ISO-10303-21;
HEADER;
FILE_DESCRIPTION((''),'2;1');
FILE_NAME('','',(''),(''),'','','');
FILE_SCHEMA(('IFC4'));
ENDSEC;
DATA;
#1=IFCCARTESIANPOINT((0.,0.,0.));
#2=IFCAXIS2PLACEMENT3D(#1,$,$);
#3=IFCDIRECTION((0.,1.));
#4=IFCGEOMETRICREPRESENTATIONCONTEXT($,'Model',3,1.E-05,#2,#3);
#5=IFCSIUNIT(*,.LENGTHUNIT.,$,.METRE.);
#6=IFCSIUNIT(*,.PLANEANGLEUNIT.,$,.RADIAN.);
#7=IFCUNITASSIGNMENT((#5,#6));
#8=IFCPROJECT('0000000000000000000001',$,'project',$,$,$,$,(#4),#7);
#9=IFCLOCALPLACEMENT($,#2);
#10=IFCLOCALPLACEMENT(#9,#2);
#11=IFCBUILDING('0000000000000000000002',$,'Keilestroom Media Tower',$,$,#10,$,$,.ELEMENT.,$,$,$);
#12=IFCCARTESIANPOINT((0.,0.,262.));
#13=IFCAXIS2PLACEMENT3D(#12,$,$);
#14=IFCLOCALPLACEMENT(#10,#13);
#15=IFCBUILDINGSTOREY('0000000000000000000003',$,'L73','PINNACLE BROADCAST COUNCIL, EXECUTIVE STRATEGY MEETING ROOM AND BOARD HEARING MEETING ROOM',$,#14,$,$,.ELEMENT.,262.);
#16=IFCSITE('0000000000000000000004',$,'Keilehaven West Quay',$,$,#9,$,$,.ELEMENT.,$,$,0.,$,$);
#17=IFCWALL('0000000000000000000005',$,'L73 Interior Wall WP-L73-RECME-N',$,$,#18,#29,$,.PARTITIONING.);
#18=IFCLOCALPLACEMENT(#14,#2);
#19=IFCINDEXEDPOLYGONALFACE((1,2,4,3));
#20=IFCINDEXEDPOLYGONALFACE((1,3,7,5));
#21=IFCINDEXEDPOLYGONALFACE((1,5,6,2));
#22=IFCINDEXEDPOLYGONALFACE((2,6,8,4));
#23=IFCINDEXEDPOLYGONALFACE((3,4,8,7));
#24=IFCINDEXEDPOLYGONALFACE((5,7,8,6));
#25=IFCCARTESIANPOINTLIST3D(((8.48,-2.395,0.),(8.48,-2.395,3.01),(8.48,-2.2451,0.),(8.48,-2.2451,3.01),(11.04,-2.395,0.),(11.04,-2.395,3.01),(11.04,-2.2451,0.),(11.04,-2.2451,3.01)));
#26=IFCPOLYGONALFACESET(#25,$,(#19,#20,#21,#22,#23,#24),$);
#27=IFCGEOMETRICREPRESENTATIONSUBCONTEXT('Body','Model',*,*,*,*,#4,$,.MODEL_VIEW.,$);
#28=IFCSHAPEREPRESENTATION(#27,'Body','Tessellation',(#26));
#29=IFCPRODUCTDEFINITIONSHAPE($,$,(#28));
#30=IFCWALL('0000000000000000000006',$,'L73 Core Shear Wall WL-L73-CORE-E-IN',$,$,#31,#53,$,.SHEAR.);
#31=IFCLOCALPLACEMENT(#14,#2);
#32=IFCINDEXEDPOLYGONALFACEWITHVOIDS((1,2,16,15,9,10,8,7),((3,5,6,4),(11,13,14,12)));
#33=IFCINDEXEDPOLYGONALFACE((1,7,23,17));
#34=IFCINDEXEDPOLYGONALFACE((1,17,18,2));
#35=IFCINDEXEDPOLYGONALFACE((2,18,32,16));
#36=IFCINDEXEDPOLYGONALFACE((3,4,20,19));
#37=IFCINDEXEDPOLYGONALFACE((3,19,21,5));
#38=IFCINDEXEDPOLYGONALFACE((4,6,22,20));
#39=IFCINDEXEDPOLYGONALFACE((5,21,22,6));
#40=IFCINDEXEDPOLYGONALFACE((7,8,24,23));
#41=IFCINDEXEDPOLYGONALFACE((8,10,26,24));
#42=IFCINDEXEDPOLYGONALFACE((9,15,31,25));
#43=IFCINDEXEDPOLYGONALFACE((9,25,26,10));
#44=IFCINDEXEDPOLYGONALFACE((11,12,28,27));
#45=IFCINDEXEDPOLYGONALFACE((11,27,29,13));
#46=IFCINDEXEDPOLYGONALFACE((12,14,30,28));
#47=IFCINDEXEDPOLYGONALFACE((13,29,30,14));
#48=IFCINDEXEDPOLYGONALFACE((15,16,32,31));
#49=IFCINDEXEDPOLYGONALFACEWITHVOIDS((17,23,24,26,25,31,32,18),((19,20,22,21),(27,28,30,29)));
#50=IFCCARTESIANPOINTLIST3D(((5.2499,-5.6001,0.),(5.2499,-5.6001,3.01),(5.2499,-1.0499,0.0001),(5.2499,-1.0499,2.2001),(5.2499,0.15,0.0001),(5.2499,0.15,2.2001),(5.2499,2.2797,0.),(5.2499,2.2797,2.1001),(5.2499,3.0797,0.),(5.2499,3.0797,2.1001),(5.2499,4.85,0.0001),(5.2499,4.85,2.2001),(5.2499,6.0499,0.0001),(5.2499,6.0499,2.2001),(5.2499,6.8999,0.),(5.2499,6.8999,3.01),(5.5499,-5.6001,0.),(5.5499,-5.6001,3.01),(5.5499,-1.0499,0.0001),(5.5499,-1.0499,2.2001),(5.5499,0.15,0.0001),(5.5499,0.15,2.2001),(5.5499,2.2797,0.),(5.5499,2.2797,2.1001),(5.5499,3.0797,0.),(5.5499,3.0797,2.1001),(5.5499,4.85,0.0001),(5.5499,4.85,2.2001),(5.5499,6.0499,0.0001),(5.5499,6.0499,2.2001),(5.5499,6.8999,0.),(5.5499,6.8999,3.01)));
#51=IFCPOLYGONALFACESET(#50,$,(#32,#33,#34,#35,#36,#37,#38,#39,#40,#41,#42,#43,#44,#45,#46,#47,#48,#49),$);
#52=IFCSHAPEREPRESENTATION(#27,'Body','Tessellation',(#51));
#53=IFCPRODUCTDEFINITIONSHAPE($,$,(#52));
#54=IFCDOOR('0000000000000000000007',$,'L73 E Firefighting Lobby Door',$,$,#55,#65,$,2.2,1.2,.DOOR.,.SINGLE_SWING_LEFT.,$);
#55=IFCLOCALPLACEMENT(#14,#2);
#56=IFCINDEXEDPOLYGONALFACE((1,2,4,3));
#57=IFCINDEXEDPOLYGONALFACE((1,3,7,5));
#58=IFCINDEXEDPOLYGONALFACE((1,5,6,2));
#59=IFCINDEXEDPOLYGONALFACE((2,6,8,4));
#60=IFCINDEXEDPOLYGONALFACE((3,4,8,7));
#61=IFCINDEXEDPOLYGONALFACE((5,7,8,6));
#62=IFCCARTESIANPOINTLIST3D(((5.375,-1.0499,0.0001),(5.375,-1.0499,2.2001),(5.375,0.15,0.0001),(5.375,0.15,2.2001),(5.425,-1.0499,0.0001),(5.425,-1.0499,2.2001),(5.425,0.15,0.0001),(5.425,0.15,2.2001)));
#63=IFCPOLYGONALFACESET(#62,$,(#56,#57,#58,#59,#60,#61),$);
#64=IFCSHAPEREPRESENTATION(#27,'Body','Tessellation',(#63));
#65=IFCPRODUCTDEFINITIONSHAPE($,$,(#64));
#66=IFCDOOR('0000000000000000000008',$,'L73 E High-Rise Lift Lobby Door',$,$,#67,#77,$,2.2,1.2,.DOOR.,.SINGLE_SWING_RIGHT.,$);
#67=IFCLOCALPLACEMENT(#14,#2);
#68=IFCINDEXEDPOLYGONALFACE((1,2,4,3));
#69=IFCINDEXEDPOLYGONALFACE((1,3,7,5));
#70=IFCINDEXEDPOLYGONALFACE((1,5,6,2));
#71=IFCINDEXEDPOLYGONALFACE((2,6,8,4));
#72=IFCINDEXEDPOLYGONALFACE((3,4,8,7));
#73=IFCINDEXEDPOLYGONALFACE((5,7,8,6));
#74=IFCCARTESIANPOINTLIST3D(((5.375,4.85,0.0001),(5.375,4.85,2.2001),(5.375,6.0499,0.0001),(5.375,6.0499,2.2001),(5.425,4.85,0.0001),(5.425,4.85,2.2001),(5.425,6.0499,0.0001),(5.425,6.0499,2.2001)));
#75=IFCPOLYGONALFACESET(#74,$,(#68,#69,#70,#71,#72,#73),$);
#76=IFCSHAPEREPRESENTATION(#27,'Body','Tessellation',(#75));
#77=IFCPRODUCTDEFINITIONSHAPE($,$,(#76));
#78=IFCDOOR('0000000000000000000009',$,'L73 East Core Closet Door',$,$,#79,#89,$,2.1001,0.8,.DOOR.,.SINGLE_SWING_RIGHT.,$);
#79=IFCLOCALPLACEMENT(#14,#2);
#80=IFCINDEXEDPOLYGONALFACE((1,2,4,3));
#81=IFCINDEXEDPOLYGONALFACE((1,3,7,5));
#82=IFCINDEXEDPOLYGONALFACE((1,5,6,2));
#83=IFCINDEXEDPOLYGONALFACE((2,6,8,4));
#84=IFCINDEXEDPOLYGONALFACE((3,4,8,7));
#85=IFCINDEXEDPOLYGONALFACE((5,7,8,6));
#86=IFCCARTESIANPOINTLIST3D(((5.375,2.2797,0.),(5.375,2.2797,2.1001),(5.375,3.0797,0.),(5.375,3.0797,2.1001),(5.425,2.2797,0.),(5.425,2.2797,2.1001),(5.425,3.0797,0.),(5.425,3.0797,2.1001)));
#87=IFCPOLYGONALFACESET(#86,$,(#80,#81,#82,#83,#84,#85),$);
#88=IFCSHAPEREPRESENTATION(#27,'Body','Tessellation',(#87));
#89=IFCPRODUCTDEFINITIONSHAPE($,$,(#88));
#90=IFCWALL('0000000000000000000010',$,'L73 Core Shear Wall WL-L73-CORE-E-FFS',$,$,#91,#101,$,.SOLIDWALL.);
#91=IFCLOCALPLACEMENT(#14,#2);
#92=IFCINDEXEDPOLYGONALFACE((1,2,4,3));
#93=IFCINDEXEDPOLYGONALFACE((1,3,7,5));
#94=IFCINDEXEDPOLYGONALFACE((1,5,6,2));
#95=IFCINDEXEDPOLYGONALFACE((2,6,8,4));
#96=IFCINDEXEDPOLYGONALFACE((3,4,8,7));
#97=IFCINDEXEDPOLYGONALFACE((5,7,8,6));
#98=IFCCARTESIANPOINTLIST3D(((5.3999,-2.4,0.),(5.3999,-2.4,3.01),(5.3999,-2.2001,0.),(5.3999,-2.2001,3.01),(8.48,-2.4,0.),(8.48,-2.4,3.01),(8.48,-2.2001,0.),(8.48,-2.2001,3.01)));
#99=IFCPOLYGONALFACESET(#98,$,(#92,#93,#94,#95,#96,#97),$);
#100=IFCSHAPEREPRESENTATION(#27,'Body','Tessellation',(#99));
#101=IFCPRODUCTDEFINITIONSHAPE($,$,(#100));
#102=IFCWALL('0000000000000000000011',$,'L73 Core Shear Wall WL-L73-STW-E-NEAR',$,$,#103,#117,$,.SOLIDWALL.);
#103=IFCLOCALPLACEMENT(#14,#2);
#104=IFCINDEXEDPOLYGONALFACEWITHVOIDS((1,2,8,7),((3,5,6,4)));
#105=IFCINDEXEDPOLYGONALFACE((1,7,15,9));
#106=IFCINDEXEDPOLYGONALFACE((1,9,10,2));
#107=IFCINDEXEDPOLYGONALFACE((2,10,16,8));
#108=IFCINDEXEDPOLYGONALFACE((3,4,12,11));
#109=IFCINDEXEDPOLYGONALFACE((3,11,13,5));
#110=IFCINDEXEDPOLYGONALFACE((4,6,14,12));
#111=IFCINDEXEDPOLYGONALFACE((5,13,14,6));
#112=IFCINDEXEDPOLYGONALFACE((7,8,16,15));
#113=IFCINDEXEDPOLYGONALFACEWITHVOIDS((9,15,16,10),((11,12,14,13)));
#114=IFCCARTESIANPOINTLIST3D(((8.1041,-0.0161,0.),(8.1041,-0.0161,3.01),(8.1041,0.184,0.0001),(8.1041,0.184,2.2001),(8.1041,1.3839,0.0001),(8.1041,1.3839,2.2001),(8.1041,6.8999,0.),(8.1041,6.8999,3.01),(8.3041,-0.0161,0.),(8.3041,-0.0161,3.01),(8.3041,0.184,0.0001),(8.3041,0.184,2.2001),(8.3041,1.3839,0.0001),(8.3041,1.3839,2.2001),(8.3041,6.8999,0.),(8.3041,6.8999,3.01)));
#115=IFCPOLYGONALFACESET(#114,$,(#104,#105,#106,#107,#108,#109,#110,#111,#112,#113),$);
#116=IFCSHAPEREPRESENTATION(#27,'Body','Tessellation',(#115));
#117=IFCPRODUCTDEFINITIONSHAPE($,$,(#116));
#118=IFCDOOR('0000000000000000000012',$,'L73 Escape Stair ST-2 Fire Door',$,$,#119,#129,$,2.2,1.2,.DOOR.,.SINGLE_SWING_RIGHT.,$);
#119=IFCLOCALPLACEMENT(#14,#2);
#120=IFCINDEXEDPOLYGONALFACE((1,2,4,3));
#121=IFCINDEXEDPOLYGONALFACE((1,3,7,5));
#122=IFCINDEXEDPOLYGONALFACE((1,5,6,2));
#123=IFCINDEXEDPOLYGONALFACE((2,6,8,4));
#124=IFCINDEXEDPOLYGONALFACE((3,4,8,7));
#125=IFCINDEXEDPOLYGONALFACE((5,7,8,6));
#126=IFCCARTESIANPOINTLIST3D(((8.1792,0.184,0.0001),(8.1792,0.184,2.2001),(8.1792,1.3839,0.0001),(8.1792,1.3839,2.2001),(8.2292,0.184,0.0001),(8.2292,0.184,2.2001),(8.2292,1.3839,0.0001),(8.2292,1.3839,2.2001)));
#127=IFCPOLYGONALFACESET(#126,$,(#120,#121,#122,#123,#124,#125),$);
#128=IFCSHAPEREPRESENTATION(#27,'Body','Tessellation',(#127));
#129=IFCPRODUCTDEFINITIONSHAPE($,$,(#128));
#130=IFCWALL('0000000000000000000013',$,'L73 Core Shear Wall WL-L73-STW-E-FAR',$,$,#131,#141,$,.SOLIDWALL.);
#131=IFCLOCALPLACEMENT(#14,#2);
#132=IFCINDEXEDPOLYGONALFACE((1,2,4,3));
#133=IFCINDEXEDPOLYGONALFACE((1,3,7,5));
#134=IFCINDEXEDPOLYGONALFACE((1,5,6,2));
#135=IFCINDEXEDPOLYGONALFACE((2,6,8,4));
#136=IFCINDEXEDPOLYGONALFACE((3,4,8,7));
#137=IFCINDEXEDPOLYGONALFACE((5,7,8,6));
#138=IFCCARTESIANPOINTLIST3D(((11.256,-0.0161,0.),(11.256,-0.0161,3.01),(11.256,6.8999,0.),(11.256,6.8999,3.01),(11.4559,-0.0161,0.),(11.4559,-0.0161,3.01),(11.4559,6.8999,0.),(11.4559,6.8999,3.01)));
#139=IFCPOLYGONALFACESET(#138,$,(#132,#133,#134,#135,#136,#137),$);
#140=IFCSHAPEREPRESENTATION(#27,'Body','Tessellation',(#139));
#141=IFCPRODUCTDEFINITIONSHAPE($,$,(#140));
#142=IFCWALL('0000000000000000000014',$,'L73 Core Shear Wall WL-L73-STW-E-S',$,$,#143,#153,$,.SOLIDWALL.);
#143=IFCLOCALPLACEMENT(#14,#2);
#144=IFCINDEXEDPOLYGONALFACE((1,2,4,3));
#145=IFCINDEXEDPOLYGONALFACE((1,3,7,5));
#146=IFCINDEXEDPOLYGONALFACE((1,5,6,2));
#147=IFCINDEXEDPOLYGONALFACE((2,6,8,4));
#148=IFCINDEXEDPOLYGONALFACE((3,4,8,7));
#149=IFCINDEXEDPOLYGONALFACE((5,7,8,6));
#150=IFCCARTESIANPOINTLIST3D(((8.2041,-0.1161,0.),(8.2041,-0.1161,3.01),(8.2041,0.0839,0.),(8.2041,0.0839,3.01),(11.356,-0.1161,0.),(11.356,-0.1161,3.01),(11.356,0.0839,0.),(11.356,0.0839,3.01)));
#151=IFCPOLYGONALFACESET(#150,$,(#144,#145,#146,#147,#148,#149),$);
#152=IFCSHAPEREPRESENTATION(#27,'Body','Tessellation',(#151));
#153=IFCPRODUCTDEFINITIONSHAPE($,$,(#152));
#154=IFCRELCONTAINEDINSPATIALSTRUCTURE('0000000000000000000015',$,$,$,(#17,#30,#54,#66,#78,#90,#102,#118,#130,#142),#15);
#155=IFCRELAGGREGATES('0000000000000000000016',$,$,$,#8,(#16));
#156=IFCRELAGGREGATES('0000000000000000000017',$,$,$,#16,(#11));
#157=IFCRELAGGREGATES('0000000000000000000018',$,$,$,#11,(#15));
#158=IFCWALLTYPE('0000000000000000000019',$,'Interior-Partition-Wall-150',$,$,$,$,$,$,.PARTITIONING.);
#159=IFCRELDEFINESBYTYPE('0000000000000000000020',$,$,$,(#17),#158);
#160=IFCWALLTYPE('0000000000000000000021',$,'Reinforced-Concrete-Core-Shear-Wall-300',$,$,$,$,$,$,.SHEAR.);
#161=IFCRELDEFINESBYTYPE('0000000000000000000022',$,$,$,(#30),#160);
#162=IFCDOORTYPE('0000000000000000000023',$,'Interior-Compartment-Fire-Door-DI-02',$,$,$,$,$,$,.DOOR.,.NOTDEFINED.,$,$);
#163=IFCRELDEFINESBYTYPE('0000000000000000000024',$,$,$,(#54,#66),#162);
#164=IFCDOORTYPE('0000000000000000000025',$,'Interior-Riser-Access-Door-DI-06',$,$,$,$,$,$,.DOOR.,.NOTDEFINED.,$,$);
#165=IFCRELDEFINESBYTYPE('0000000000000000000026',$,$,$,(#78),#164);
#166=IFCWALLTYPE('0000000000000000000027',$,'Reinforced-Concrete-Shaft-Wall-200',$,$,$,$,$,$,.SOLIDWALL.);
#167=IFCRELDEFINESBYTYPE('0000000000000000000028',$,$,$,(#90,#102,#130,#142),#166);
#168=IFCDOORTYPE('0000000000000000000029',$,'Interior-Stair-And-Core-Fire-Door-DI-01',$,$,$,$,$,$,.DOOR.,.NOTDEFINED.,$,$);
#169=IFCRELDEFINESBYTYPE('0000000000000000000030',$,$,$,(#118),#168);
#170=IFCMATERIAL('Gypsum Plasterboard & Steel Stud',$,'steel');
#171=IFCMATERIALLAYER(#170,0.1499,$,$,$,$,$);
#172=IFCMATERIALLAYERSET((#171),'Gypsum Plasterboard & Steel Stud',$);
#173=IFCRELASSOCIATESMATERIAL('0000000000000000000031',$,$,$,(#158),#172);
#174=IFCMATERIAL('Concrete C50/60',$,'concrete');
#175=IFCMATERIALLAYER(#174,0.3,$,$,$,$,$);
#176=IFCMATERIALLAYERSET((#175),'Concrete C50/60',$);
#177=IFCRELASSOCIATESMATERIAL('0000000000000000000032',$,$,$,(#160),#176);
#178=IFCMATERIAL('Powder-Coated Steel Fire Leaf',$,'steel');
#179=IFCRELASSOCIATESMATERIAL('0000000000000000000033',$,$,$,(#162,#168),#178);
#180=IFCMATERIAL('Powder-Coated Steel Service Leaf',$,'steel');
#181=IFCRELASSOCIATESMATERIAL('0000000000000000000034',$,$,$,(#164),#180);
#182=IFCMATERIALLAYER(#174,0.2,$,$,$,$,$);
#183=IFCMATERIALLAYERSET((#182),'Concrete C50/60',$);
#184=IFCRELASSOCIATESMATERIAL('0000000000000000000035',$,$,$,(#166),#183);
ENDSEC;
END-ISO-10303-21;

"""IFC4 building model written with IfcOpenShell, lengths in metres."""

from ifc_helpers import new_model, si_unit, direction, frame, frame_2d, origin, place, context, subcontext, project, spatial, rectangle, extrude, source, transform, mapped, material, layer, layer_set, type_object, element, fill, save


model = new_model("IFC4")

# Units and contexts
model_context = context("Model", 3, precision=1e-05, world=origin(), true_north=direction((0.0, 1.0)))
body_context = subcontext(model_context, "Body", "Model", "MODEL_VIEW")
ifc_project = project(units=[si_unit("LENGTHUNIT", "METRE"), si_unit("PLANEANGLEUNIT", "RADIAN")], contexts=[model_context])

# Site, building, storey
site_placement = place(None, origin())
site = spatial("IfcSite", under=ifc_project, at=site_placement, Name="Keilehaven West Quay", CompositionType="ELEMENT", RefElevation=0.0)
building_placement = place(site_placement, origin())
building = spatial("IfcBuilding", under=site, at=building_placement, Name="Keilestroom Media Tower", CompositionType="ELEMENT")
storey_placement = place(building_placement, frame((0.0, 0.0, 262.0)))
storey = spatial("IfcBuildingStorey", under=building, at=storey_placement, Name="L73", Description="PINNACLE BROADCAST COUNCIL, EXECUTIVE STRATEGY MEETING ROOM AND BOARD HEARING MEETING ROOM", CompositionType="ELEMENT", Elevation=262.0)

# Shared definitions
ifc_material_1 = material(Name="Concrete C50/60", Category="concrete")

# Wall
ifc_material_2 = material(Name="Gypsum Plasterboard & Steel Stud", Category="steel")
ifc_layer_1 = layer(ifc_material_2, 0.1499)
ifc_layer_set_1 = layer_set([ifc_layer_1], Name="Gypsum Plasterboard & Steel Stud")
wall_type_1 = type_object("IfcWallType", Name="Interior-Partition-Wall-150", PredefinedType="PARTITIONING", material=ifc_layer_set_1)
wall_1_placement = place(storey_placement, frame((8.48, -2.3201, 0.0), z_axis=(0.0, 0.0, 1.0), x_axis=(1.0, 0.0, 0.0)))
element("IfcWall", 1, at=wall_1_placement, inside=storey, type_object=wall_type_1, Name="L73 Interior Wall WP-L73-RECME-N", PredefinedType="PARTITIONING", context=body_context, shape_type="SweptSolid", body=[
    extrude(rectangle(XDim=2.5601, YDim=0.1499, at=frame_2d((1.28, 0.0))), origin(), (0.0, 0.0, 1.0), 3.01),
])

# Wall, openings, doors
ifc_layer_2 = layer(ifc_material_1, 0.3)
ifc_layer_set_2 = layer_set([ifc_layer_2], Name="Concrete C50/60")
wall_type_2 = type_object("IfcWallType", Name="Reinforced-Concrete-Core-Shear-Wall-300", PredefinedType="SHEAR", material=ifc_layer_set_2)
wall_2_placement = place(storey_placement, frame((5.3999, -5.6001, 0.0), z_axis=(0.0, 0.0, 1.0), x_axis=(0.0, 1.0, 0.0)))
wall_2 = element("IfcWall", 2, at=wall_2_placement, inside=storey, type_object=wall_type_2, Name="L73 Core Shear Wall WL-L73-CORE-E-IN", PredefinedType="SHEAR", context=body_context, shape_type="SweptSolid", body=[
    extrude(rectangle(XDim=12.5, YDim=0.3, at=frame_2d((6.25, 0.0))), origin(), (0.0, 0.0, 1.0), 3.01),
])
opening_1_placement = place(wall_2_placement, frame((4.55, 0.0, 0.0)))
opening_1 = element("IfcOpeningElement", 3, at=opening_1_placement, cuts=wall_2, PredefinedType="OPENING", context=body_context, shape_type="SweptSolid", body=[
    extrude(rectangle(XDim=1.2, YDim=2.2, at=frame_2d((0.6001, 1.1001))), frame((0.0, 0.1602, 0.0), z_axis=(0.0, -1.0, 0.0), x_axis=(1.0, 0.0, 0.0)), (0.0, 0.0, 1.0), 0.3201),
])
opening_2_placement = place(wall_2_placement, frame((10.45, 0.0, 0.0)))
opening_2 = element("IfcOpeningElement", 4, at=opening_2_placement, cuts=wall_2, PredefinedType="OPENING", context=body_context, shape_type="SweptSolid", body=[
    extrude(rectangle(XDim=1.2, YDim=2.2, at=frame_2d((0.6001, 1.1001))), frame((0.0, 0.1602, 0.0), z_axis=(0.0, -1.0, 0.0), x_axis=(1.0, 0.0, 0.0)), (0.0, 0.0, 1.0), 0.3201),
])
opening_3_placement = place(wall_2_placement, frame((7.8799, 0.0, 0.0)))
opening_3 = element("IfcOpeningElement", 5, at=opening_3_placement, cuts=wall_2, PredefinedType="OPENING", context=body_context, shape_type="SweptSolid", body=[
    extrude(rectangle(XDim=0.8, YDim=2.1001, at=frame_2d((0.3999, 1.05))), frame((0.0, 0.1602, 0.0), z_axis=(0.0, -1.0, 0.0), x_axis=(1.0, 0.0, 0.0)), (0.0, 0.0, 1.0), 0.3201),
])
ifc_material_3 = material(Name="Powder-Coated Steel Fire Leaf", Category="steel")
door_type_1 = type_object("IfcDoorType", Name="Interior-Compartment-Fire-Door-DI-02", OperationType="NOTDEFINED", PredefinedType="DOOR", material=ifc_material_3)
shared_shape_1 = source(origin(), body_context, "Body", "SweptSolid", [
    extrude(rectangle(XDim=1.2, YDim=2.2, at=frame_2d((0.6001, 1.1001))), frame((0.0, 0.0249, 0.0), z_axis=(0.0, -1.0, 0.0), x_axis=(1.0, 0.0, 0.0)), (0.0, 0.0, 1.0), 0.05),
])
door_1_placement = place(opening_1_placement, origin())
door_1 = element("IfcDoor", 6, at=door_1_placement, inside=storey, type_object=door_type_1, Name="L73 E Firefighting Lobby Door", OperationType="SINGLE_SWING_LEFT", OverallHeight=2.2, OverallWidth=1.2, PredefinedType="DOOR", context=body_context, shape_type="MappedRepresentation", body=[
    mapped(shared_shape_1, transform((0.0, 0.0, 0.0), x_axis=(1.0, 0.0, 0.0), y_axis=(0.0, 1.0, 0.0), z_axis=(0.0, 0.0, 1.0), scale=1.0)),
])
fill(opening_1, door_1)
door_2_placement = place(opening_2_placement, origin())
door_2 = element("IfcDoor", 7, at=door_2_placement, inside=storey, type_object=door_type_1, Name="L73 E High-Rise Lift Lobby Door", OperationType="SINGLE_SWING_RIGHT", OverallHeight=2.2, OverallWidth=1.2, PredefinedType="DOOR", context=body_context, shape_type="MappedRepresentation", body=[
    mapped(shared_shape_1, transform((0.0, 0.0, 0.0), x_axis=(1.0, 0.0, 0.0), y_axis=(0.0, 1.0, 0.0), z_axis=(0.0, 0.0, 1.0), scale=1.0)),
])
fill(opening_2, door_2)
ifc_material_4 = material(Name="Powder-Coated Steel Service Leaf", Category="steel")
door_type_2 = type_object("IfcDoorType", Name="Interior-Riser-Access-Door-DI-06", OperationType="NOTDEFINED", PredefinedType="DOOR", material=ifc_material_4)
shared_shape_2 = source(origin(), body_context, "Body", "SweptSolid", [
    extrude(rectangle(XDim=0.8, YDim=2.1001, at=frame_2d((0.3999, 1.05))), frame((0.0, 0.0249, 0.0), z_axis=(0.0, -1.0, 0.0), x_axis=(1.0, 0.0, 0.0)), (0.0, 0.0, 1.0), 0.05),
])
door_3_placement = place(opening_3_placement, origin())
door_3 = element("IfcDoor", 8, at=door_3_placement, inside=storey, type_object=door_type_2, Name="L73 East Core Closet Door", OperationType="SINGLE_SWING_RIGHT", OverallHeight=2.1001, OverallWidth=0.8, PredefinedType="DOOR", context=body_context, shape_type="MappedRepresentation", body=[
    mapped(shared_shape_2, transform((0.0, 0.0, 0.0), x_axis=(1.0, 0.0, 0.0), y_axis=(0.0, 1.0, 0.0), z_axis=(0.0, 0.0, 1.0), scale=1.0)),
])
fill(opening_3, door_3)

# Wall
ifc_layer_3 = layer(ifc_material_1, 0.2)
ifc_layer_set_3 = layer_set([ifc_layer_3], Name="Concrete C50/60")
wall_type_3 = type_object("IfcWallType", Name="Reinforced-Concrete-Shaft-Wall-200", PredefinedType="SOLIDWALL", material=ifc_layer_set_3)
wall_3_placement = place(storey_placement, frame((5.3999, -2.3, 0.0), z_axis=(0.0, 0.0, 1.0), x_axis=(1.0, 0.0, 0.0)))
element("IfcWall", 9, at=wall_3_placement, inside=storey, type_object=wall_type_3, Name="L73 Core Shear Wall WL-L73-CORE-E-FFS", PredefinedType="SOLIDWALL", context=body_context, shape_type="SweptSolid", body=[
    extrude(rectangle(XDim=3.0801, YDim=0.2, at=frame_2d((1.54, 0.0))), origin(), (0.0, 0.0, 1.0), 3.01),
])

# Wall, opening, door
wall_4_placement = place(storey_placement, frame((8.2041, -0.0161, 0.0), z_axis=(0.0, 0.0, 1.0), x_axis=(0.0, 1.0, 0.0)))
wall_4 = element("IfcWall", 10, at=wall_4_placement, inside=storey, type_object=wall_type_3, Name="L73 Core Shear Wall WL-L73-STW-E-NEAR", PredefinedType="SOLIDWALL", context=body_context, shape_type="SweptSolid", body=[
    extrude(rectangle(XDim=6.916, YDim=0.2, at=frame_2d((3.458, 0.0))), origin(), (0.0, 0.0, 1.0), 3.01),
])
opening_4_placement = place(wall_4_placement, frame((0.2, 0.0, 0.0)))
opening_4 = element("IfcOpeningElement", 11, at=opening_4_placement, cuts=wall_4, PredefinedType="OPENING", context=body_context, shape_type="SweptSolid", body=[
    extrude(rectangle(XDim=1.2, YDim=2.2, at=frame_2d((0.6001, 1.1001))), frame((0.0, 0.1099, 0.0), z_axis=(0.0, -1.0, 0.0), x_axis=(1.0, 0.0, 0.0)), (0.0, 0.0, 1.0), 0.22),
])
door_type_3 = type_object("IfcDoorType", Name="Interior-Stair-And-Core-Fire-Door-DI-01", OperationType="NOTDEFINED", PredefinedType="DOOR", material=ifc_material_3)
door_4_placement = place(opening_4_placement, origin())
door_4 = element("IfcDoor", 12, at=door_4_placement, inside=storey, type_object=door_type_3, Name="L73 Escape Stair ST-2 Fire Door", OperationType="SINGLE_SWING_RIGHT", OverallHeight=2.2, OverallWidth=1.2, PredefinedType="DOOR", context=body_context, shape_type="MappedRepresentation", body=[
    mapped(shared_shape_1, transform((0.0, 0.0, 0.0), x_axis=(1.0, 0.0, 0.0), y_axis=(0.0, 1.0, 0.0), z_axis=(0.0, 0.0, 1.0), scale=1.0)),
])
fill(opening_4, door_4)

# Walls
wall_5_placement = place(storey_placement, frame((11.356, -0.0161, 0.0), z_axis=(0.0, 0.0, 1.0), x_axis=(0.0, 1.0, 0.0)))
element("IfcWall", 13, at=wall_5_placement, inside=storey, type_object=wall_type_3, Name="L73 Core Shear Wall WL-L73-STW-E-FAR", PredefinedType="SOLIDWALL", context=body_context, shape_type="SweptSolid", body=[
    extrude(rectangle(XDim=6.916, YDim=0.2, at=frame_2d((3.458, 0.0))), origin(), (0.0, 0.0, 1.0), 3.01),
])
wall_6_placement = place(storey_placement, frame((8.2041, -0.0161, 0.0), z_axis=(0.0, 0.0, 1.0), x_axis=(1.0, 0.0, 0.0)))
element("IfcWall", 14, at=wall_6_placement, inside=storey, type_object=wall_type_3, Name="L73 Core Shear Wall WL-L73-STW-E-S", PredefinedType="SOLIDWALL", context=body_context, shape_type="SweptSolid", body=[
    extrude(rectangle(XDim=3.1519, YDim=0.2, at=frame_2d((1.5759, 0.0))), origin(), (0.0, 0.0, 1.0), 3.01),
])

save(model, "model.ifc")
